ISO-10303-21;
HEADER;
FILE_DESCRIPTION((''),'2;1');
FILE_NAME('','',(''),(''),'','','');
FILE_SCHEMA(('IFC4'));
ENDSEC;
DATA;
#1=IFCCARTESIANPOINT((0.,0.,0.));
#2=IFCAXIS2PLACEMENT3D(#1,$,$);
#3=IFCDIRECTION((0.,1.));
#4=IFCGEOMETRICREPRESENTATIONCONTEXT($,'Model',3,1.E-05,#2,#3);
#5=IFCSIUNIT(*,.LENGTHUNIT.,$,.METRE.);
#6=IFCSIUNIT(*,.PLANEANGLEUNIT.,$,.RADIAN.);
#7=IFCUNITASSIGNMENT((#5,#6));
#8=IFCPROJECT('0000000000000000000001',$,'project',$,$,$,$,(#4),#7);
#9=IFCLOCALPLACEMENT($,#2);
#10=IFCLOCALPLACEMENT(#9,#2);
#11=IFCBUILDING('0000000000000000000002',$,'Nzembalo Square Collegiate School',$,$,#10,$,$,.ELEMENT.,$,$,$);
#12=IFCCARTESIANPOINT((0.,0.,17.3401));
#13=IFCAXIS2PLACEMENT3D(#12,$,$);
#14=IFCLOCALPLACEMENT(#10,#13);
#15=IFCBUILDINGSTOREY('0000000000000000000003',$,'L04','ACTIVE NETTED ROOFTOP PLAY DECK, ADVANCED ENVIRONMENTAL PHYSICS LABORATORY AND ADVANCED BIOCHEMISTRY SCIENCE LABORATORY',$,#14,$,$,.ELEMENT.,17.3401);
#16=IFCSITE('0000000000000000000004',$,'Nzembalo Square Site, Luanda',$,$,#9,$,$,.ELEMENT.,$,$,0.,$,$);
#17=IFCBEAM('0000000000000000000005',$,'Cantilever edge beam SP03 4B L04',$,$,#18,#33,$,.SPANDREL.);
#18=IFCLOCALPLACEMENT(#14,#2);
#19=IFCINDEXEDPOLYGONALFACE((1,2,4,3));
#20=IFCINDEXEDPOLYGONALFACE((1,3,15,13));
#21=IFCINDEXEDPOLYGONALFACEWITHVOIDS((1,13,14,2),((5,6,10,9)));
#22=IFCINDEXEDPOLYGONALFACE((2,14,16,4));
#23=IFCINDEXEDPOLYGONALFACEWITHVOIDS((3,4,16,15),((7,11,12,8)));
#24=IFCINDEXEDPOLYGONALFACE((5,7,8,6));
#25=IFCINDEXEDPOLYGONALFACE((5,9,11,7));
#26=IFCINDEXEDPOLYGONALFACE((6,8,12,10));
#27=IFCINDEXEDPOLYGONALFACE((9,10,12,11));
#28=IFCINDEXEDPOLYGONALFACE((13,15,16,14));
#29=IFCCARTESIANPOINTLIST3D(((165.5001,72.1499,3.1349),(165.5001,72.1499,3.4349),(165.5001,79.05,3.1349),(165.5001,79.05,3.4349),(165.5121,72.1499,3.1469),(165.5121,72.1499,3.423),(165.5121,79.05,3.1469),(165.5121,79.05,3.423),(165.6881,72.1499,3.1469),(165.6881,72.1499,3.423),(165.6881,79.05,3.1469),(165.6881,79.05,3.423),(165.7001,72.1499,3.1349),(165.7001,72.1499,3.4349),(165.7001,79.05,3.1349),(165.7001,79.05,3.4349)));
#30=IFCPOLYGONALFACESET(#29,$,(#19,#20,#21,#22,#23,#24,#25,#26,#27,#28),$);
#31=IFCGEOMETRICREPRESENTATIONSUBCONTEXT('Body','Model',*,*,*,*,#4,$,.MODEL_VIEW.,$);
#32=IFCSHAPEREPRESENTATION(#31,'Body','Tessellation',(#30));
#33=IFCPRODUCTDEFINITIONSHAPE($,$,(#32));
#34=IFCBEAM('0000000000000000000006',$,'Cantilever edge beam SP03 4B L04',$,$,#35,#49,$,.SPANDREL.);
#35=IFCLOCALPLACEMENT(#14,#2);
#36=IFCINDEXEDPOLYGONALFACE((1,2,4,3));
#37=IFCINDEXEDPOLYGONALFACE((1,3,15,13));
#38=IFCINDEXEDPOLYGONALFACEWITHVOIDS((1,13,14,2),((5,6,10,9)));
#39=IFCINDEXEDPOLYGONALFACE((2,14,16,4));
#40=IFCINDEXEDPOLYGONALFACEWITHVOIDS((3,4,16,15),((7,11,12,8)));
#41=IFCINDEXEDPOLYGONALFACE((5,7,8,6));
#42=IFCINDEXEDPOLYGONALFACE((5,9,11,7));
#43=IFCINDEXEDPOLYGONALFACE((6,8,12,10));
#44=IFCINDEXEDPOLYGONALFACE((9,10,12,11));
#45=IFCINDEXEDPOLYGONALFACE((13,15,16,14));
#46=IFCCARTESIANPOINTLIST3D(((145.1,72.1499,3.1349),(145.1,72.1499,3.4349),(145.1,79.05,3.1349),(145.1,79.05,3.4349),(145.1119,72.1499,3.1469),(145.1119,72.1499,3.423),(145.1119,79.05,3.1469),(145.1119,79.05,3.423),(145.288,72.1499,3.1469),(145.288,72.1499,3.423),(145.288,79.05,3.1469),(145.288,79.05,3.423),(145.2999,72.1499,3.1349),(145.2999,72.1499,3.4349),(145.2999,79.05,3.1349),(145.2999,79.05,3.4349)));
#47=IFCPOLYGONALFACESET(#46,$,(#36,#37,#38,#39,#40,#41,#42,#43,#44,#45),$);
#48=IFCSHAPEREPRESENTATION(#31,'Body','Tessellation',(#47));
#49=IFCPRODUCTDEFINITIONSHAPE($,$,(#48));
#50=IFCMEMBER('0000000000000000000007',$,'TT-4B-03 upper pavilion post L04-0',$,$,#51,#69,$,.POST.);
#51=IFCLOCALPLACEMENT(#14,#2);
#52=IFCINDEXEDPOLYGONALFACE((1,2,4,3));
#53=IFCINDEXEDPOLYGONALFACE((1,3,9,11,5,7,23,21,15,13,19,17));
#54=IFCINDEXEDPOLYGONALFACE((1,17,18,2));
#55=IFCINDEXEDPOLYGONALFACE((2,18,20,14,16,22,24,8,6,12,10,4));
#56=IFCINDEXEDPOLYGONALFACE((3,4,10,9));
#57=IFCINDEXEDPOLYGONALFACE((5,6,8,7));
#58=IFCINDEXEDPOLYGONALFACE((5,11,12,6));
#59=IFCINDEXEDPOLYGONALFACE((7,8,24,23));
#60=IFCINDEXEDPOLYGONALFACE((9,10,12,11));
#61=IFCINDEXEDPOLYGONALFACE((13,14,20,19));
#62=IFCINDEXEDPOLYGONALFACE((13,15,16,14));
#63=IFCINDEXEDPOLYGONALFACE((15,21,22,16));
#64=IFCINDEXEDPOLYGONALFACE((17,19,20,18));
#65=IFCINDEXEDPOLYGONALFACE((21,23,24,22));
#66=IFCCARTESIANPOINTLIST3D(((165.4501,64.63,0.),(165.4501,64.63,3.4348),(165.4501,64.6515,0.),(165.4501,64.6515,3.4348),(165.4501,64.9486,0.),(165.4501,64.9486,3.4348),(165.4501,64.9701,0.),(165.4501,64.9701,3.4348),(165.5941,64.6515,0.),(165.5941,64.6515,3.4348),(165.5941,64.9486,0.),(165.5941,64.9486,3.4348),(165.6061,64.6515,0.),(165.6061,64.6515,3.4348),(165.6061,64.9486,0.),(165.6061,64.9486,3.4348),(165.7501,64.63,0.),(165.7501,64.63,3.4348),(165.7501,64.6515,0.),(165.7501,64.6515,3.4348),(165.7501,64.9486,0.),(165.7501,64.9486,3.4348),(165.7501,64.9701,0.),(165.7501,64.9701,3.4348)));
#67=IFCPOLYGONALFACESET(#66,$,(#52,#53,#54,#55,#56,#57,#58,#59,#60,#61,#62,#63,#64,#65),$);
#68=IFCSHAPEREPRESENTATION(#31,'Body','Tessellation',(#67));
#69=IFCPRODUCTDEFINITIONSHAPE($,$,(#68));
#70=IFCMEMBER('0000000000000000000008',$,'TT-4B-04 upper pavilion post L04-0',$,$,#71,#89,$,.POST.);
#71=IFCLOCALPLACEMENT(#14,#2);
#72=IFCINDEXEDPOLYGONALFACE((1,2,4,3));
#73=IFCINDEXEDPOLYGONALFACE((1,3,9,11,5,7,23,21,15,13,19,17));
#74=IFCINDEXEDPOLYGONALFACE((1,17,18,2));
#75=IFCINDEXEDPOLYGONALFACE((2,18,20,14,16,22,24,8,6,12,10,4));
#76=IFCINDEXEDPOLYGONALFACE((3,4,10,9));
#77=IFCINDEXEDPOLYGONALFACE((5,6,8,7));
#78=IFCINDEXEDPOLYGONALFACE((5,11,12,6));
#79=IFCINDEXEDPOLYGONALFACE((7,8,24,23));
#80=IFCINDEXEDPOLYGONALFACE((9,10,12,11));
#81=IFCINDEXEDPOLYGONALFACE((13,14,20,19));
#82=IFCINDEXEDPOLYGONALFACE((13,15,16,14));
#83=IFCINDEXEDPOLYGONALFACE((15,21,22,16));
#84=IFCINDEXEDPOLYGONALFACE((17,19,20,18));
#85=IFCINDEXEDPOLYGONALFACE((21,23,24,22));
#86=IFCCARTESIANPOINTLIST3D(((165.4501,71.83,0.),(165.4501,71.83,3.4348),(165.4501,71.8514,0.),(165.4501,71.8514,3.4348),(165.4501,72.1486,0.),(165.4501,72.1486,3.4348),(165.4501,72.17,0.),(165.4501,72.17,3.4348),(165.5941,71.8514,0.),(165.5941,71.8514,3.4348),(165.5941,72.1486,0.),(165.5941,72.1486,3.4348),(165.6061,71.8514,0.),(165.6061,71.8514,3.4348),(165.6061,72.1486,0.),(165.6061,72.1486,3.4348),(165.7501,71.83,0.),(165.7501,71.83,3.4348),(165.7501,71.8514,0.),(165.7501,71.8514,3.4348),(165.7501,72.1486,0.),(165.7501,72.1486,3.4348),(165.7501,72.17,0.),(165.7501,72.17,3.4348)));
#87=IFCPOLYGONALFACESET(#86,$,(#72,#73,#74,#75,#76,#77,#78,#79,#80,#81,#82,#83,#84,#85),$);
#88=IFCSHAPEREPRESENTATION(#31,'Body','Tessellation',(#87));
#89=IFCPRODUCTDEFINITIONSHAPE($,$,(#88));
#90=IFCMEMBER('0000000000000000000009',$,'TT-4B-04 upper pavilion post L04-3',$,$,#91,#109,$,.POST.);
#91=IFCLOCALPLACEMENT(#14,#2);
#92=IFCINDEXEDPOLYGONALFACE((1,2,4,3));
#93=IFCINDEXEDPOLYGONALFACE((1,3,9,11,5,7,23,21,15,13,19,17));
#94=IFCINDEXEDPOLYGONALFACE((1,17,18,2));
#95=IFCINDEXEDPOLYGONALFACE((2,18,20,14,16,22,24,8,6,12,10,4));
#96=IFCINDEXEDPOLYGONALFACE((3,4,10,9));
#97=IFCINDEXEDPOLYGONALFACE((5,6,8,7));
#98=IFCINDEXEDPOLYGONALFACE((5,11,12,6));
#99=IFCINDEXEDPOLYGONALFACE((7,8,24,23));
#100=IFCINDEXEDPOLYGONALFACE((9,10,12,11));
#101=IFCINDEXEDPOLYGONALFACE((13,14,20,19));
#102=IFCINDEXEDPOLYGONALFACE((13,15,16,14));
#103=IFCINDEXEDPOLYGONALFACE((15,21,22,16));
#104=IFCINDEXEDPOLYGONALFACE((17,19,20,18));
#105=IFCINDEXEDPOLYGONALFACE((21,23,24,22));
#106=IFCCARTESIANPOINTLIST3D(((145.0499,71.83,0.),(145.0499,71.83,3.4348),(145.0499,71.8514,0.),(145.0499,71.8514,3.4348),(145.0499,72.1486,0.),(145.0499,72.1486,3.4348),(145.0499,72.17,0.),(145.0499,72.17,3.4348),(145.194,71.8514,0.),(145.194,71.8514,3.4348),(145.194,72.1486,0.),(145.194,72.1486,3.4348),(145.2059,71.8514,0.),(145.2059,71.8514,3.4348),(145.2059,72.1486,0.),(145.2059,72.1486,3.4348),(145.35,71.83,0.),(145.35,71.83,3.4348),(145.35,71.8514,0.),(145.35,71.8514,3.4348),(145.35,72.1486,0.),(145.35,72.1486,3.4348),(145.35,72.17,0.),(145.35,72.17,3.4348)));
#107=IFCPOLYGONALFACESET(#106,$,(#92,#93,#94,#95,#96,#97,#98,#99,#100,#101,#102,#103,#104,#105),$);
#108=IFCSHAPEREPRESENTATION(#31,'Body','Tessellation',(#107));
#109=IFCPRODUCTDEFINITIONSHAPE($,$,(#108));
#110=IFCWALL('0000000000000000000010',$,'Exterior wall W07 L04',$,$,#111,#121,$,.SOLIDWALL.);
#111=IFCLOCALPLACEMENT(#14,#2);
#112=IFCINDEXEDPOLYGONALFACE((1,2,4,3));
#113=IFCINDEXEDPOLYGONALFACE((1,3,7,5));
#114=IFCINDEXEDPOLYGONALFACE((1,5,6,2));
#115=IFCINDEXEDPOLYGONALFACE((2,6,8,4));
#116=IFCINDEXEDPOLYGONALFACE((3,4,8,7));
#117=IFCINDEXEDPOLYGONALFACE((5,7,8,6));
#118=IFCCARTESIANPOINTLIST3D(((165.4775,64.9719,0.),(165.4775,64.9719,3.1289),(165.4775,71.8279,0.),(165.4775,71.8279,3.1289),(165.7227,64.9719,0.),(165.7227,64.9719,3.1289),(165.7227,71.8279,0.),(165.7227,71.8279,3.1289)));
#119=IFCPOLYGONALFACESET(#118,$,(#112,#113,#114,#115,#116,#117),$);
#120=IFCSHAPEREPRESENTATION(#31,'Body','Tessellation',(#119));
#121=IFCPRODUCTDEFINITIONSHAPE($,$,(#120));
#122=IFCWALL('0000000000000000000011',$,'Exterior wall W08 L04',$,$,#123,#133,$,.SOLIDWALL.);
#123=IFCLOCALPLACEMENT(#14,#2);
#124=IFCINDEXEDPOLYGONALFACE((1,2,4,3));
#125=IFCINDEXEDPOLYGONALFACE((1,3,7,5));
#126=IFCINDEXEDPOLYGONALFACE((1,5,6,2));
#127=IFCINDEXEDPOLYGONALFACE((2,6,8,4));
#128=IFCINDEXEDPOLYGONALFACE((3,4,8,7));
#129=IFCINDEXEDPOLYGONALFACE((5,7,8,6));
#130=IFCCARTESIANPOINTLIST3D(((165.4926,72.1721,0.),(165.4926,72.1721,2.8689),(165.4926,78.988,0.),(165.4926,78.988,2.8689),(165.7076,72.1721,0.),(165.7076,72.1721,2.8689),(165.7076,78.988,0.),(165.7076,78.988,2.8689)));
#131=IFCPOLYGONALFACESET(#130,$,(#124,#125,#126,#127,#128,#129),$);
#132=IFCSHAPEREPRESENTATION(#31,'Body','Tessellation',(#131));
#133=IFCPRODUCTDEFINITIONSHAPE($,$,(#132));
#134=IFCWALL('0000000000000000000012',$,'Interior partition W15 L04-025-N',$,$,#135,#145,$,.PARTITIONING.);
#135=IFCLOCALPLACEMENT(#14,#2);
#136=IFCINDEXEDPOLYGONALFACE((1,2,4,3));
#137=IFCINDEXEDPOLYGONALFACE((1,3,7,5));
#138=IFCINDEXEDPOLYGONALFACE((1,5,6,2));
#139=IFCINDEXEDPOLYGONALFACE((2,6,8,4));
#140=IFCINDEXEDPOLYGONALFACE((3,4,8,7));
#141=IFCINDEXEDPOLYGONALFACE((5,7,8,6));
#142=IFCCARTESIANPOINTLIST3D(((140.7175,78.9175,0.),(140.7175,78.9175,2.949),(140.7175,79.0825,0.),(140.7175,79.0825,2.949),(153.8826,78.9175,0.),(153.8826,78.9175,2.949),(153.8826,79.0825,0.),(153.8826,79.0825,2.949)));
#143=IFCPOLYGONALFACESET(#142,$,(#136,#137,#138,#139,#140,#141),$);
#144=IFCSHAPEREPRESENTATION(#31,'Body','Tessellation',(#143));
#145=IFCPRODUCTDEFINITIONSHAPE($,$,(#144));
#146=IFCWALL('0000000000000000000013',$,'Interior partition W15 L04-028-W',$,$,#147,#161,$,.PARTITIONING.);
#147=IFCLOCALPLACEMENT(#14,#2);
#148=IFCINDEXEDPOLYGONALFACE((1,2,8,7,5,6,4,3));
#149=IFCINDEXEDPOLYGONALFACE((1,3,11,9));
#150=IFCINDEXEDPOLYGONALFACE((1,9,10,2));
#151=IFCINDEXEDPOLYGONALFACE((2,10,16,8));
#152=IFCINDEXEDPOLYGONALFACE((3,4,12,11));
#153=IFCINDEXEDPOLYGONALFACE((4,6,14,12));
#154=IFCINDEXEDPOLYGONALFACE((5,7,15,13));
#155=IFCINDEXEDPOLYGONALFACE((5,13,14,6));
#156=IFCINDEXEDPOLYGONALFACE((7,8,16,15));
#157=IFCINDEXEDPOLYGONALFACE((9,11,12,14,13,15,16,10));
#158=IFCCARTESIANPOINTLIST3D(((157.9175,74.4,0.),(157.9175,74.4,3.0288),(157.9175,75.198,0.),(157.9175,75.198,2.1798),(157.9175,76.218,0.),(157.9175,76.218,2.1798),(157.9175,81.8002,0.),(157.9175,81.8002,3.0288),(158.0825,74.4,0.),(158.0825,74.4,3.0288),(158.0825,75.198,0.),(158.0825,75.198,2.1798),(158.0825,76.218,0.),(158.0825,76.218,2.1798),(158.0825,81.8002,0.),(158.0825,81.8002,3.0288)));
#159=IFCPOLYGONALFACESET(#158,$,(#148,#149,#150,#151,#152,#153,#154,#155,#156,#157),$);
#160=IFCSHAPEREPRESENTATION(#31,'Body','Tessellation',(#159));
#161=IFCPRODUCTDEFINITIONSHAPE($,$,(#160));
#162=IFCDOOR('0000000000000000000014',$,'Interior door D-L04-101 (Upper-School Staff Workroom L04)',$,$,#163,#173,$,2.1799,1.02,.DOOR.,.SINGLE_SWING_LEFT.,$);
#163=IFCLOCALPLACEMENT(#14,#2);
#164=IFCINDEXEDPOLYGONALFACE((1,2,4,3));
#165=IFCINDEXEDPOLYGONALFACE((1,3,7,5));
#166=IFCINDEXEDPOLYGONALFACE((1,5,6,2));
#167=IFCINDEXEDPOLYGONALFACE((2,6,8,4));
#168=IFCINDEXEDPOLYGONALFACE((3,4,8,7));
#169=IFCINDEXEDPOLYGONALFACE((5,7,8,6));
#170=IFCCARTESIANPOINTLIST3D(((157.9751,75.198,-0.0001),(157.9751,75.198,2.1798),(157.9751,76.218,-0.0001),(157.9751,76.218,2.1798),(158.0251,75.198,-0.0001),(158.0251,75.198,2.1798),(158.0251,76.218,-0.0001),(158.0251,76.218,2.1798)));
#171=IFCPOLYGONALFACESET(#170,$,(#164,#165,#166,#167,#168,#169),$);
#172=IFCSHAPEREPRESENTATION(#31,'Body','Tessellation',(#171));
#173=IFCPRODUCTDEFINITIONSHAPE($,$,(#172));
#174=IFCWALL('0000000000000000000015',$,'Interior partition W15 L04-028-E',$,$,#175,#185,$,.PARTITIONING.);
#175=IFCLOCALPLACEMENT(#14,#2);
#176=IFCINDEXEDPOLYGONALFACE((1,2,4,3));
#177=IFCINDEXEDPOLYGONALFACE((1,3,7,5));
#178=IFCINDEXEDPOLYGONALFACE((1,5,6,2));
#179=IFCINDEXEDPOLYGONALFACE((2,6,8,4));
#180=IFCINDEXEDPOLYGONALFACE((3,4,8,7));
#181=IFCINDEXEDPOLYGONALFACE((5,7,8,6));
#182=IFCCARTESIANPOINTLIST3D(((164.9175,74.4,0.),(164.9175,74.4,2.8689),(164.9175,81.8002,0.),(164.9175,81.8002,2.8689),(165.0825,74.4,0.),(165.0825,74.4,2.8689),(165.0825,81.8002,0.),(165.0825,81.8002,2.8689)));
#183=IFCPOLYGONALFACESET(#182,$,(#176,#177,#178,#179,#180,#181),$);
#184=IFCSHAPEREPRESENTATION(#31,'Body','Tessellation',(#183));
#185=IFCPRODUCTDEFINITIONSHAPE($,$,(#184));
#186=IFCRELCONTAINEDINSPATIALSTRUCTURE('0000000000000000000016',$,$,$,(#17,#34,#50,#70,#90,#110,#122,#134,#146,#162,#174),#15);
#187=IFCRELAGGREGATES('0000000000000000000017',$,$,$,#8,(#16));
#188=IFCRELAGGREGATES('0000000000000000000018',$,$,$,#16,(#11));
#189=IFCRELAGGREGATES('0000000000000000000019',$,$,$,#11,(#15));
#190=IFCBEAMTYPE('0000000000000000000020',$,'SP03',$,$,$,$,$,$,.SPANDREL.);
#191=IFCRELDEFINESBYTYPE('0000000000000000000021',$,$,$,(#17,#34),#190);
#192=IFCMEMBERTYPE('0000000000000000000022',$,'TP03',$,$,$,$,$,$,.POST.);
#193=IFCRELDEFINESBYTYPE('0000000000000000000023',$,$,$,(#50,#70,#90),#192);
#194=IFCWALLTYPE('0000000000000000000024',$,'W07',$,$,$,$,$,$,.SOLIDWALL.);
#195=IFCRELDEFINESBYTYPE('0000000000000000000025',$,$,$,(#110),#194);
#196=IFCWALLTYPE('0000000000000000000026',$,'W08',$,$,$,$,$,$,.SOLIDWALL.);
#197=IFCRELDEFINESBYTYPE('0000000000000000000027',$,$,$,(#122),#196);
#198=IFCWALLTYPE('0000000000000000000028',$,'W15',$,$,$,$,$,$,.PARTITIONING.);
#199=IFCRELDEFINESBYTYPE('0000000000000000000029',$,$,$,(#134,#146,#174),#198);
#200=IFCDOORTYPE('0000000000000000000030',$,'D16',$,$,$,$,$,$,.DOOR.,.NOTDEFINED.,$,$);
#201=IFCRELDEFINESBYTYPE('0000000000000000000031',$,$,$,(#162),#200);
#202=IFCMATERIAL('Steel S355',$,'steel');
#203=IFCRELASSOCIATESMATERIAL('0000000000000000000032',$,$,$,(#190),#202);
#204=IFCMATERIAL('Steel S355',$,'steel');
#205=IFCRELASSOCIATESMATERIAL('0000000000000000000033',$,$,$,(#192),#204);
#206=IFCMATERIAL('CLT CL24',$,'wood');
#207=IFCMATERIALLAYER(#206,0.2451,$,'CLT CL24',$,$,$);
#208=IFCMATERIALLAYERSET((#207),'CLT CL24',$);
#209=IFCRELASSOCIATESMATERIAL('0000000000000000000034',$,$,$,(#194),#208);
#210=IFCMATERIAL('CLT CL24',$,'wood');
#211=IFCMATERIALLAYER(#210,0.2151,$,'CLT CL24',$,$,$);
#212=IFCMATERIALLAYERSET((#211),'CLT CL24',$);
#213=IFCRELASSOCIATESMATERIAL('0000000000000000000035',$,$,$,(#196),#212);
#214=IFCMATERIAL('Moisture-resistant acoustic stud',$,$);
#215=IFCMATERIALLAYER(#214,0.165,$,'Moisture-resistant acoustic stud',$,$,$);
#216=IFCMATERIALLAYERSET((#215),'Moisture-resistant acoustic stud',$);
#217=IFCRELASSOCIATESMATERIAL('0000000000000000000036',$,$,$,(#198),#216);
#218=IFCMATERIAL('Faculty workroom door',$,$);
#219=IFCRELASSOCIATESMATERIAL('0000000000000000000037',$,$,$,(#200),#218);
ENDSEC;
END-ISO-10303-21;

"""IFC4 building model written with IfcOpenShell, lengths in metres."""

from ifc_helpers import new_model, si_unit, direction, frame, frame_2d, origin, origin_2d, place, context, subcontext, project, spatial, rectangle, hollow_rectangle, i_section, extrude, material, layer, layer_set, material_profile, profile_set, type_object, element, fill, save


model = new_model("IFC4")

# Units and contexts
model_context = context("Model", 3, precision=1e-05, world=origin(), true_north=direction((0.0, 1.0)))
body_context = subcontext(model_context, "Body", "Model", "MODEL_VIEW")
ifc_project = project(units=[si_unit("LENGTHUNIT", "METRE"), si_unit("PLANEANGLEUNIT", "RADIAN")], contexts=[model_context])

# Site, building, storey
site_placement = place(None, origin())
site = spatial("IfcSite", under=ifc_project, at=site_placement, Name="Nzembalo Square Site, Luanda", CompositionType="ELEMENT", RefElevation=0.0)
building_placement = place(site_placement, origin())
building = spatial("IfcBuilding", under=site, at=building_placement, Name="Nzembalo Square Collegiate School", CompositionType="ELEMENT")
storey_placement = place(building_placement, frame((0.0, 0.0, 17.3401)))
storey = spatial("IfcBuildingStorey", under=building, at=storey_placement, Name="L04", Description="ACTIVE NETTED ROOFTOP PLAY DECK, ADVANCED ENVIRONMENTAL PHYSICS LABORATORY AND ADVANCED BIOCHEMISTRY SCIENCE LABORATORY", CompositionType="ELEMENT", Elevation=17.3401)

# Beams
ifc_material_1 = material(Name="Steel S355", Category="steel")
ifc_material_profile_1 = material_profile(ifc_material_1, hollow_rectangle(XDim=0.2, YDim=0.3, WallThickness=0.012, at=origin_2d()), Name="RHS 300x200x12")
ifc_profile_set_1 = profile_set([ifc_material_profile_1], Name="Steel S355")
beam_type_1 = type_object("IfcBeamType", Name="SP03", PredefinedType="SPANDREL", material=ifc_profile_set_1)
for number, where, z_axis, x_axis, name in (
    (1, (165.6001, 72.1499, 3.2849), (0.0, 1.0, 0.0), (-1.0, 0.0, 0.0), "Cantilever edge beam SP03 4B L04"),
    (2, (145.2, 72.1499, 3.2849), (0.0, 1.0, 0.0), (-1.0, 0.0, 0.0), "Cantilever edge beam SP03 4B L04"),
):
    element("IfcBeam", number, at=place(storey_placement, frame(where, z_axis=z_axis, x_axis=x_axis)), inside=storey, type_object=beam_type_1, Name=name, PredefinedType="SPANDREL", context=body_context, shape_type="SweptSolid", body=[
        extrude(hollow_rectangle(XDim=0.2, YDim=0.3, WallThickness=0.012, at=origin_2d()), origin(), (0.0, 0.0, 1.0), 6.9001),
    ])

# Members
ifc_material_2 = material(Name="Steel S355", Category="steel")
ifc_material_profile_2 = material_profile(ifc_material_2, i_section(OverallWidth=0.3, OverallDepth=0.3401, WebThickness=0.012, FlangeThickness=0.0215, at=origin_2d()), Name="HEB 340")
ifc_profile_set_2 = profile_set([ifc_material_profile_2], Name="Steel S355")
member_type = type_object("IfcMemberType", Name="TP03", PredefinedType="POST", material=ifc_profile_set_2)
for number, where, z_axis, x_axis, name in (
    (3, (165.6001, 64.8, 0.0), (0.0, 0.0, 1.0), (1.0, 0.0, 0.0), "TT-4B-03 upper pavilion post L04-0"),
    (4, (165.6001, 72.0, 0.0), (0.0, 0.0, 1.0), (1.0, 0.0, 0.0), "TT-4B-04 upper pavilion post L04-0"),
    (5, (145.2, 72.0, 0.0), (0.0, 0.0, 1.0), (1.0, 0.0, 0.0), "TT-4B-04 upper pavilion post L04-3"),
):
    element("IfcMember", number, at=place(storey_placement, frame(where, z_axis=z_axis, x_axis=x_axis)), inside=storey, type_object=member_type, Name=name, PredefinedType="POST", context=body_context, shape_type="SweptSolid", body=[
        extrude(i_section(OverallWidth=0.3, OverallDepth=0.3401, WebThickness=0.012, FlangeThickness=0.0215, at=origin_2d()), origin(), (0.0, 0.0, 1.0), 3.4348),
    ])

# Walls
ifc_material_3 = material(Name="CLT CL24", Category="wood")
ifc_layer_1 = layer(ifc_material_3, 0.2451, Name="CLT CL24")
ifc_layer_set_1 = layer_set([ifc_layer_1], Name="CLT CL24")
wall_type_1 = type_object("IfcWallType", Name="W07", PredefinedType="SOLIDWALL", material=ifc_layer_set_1)
wall_1_placement = place(storey_placement, frame((165.6001, 64.9719, 0.0), z_axis=(0.0, 0.0, 1.0), x_axis=(0.0, 1.0, 0.0)))
element("IfcWall", 6, at=wall_1_placement, inside=storey, type_object=wall_type_1, Name="Exterior wall W07 L04", PredefinedType="SOLIDWALL", context=body_context, shape_type="SweptSolid", body=[
    extrude(rectangle(XDim=6.856, YDim=0.2451, at=frame_2d((3.428, 0.0))), origin(), (0.0, 0.0, 1.0), 3.1289),
])
ifc_material_4 = material(Name="CLT CL24", Category="wood")
ifc_layer_2 = layer(ifc_material_4, 0.2151, Name="CLT CL24")
ifc_layer_set_2 = layer_set([ifc_layer_2], Name="CLT CL24")
wall_type_2 = type_object("IfcWallType", Name="W08", PredefinedType="SOLIDWALL", material=ifc_layer_set_2)
wall_2_placement = place(storey_placement, frame((165.6001, 72.1721, 0.0), z_axis=(0.0, 0.0, 1.0), x_axis=(0.0, 1.0, 0.0)))
element("IfcWall", 7, at=wall_2_placement, inside=storey, type_object=wall_type_2, Name="Exterior wall W08 L04", PredefinedType="SOLIDWALL", context=body_context, shape_type="SweptSolid", body=[
    extrude(rectangle(XDim=6.8159, YDim=0.2151, at=frame_2d((3.408, 0.0))), origin(), (0.0, 0.0, 1.0), 2.8689),
])
ifc_material_5 = material(Name="Moisture-resistant acoustic stud")
ifc_layer_3 = layer(ifc_material_5, 0.165, Name="Moisture-resistant acoustic stud")
ifc_layer_set_3 = layer_set([ifc_layer_3], Name="Moisture-resistant acoustic stud")
wall_type_3 = type_object("IfcWallType", Name="W15", PredefinedType="PARTITIONING", material=ifc_layer_set_3)
wall_3_placement = place(storey_placement, frame((140.7175, 79.0, 0.0), z_axis=(0.0, 0.0, 1.0), x_axis=(1.0, 0.0, 0.0)))
element("IfcWall", 8, at=wall_3_placement, inside=storey, type_object=wall_type_3, Name="Interior partition W15 L04-025-N", PredefinedType="PARTITIONING", context=body_context, shape_type="SweptSolid", body=[
    extrude(rectangle(XDim=13.165, YDim=0.165, at=frame_2d((6.5825, 0.0))), origin(), (0.0, 0.0, 1.0), 2.949),
])

# Wall, opening, door
wall_4_placement = place(storey_placement, frame((158.0, 74.3999, 0.0), z_axis=(0.0, 0.0, 1.0), x_axis=(0.0, 1.0, 0.0)))
wall_4 = element("IfcWall", 9, at=wall_4_placement, inside=storey, type_object=wall_type_3, Name="Interior partition W15 L04-028-W", PredefinedType="PARTITIONING", context=body_context, shape_type="SweptSolid", body=[
    extrude(rectangle(XDim=7.4001, YDim=0.165, at=frame_2d((3.7002, 0.0))), origin(), (0.0, 0.0, 1.0), 3.0288),
])
opening_placement = place(wall_4_placement, frame((0.7981, 0.0, 0.0)))
opening = element("IfcOpeningElement", 10, at=opening_placement, cuts=wall_4, PredefinedType="OPENING", context=body_context, shape_type="SweptSolid", body=[
    extrude(rectangle(XDim=1.02, YDim=2.1799, at=frame_2d((0.51, 1.0898))), frame((0.0, 0.0925, 0.0), z_axis=(0.0, -1.0, 0.0), x_axis=(1.0, 0.0, 0.0)), (0.0, 0.0, 1.0), 0.1851),
])
ifc_material_6 = material(Name="Faculty workroom door")
door_type = type_object("IfcDoorType", Name="D16", OperationType="NOTDEFINED", PredefinedType="DOOR", material=ifc_material_6)
door_placement = place(opening_placement, origin())
door = element("IfcDoor", 11, at=door_placement, inside=storey, type_object=door_type, Name="Interior door D-L04-101 (Upper-School Staff Workroom L04)", OperationType="SINGLE_SWING_LEFT", OverallHeight=2.1799, OverallWidth=1.02, PredefinedType="DOOR", context=body_context, shape_type="SweptSolid", body=[
    extrude(rectangle(XDim=1.02, YDim=2.1799, at=frame_2d((0.51, 1.0898))), frame((0.0, 0.0249, 0.0), z_axis=(0.0, -1.0, 0.0), x_axis=(1.0, 0.0, 0.0)), (0.0, 0.0, 1.0), 0.05),
])
fill(opening, door)

# Wall
wall_5_placement = place(storey_placement, frame((165.0, 74.3999, 0.0), z_axis=(0.0, 0.0, 1.0), x_axis=(0.0, 1.0, 0.0)))
element("IfcWall", 12, at=wall_5_placement, inside=storey, type_object=wall_type_3, Name="Interior partition W15 L04-028-E", PredefinedType="PARTITIONING", context=body_context, shape_type="SweptSolid", body=[
    extrude(rectangle(XDim=7.4001, YDim=0.165, at=frame_2d((3.7002, 0.0))), origin(), (0.0, 0.0, 1.0), 2.8689),
])

save(model, "model.ifc")
